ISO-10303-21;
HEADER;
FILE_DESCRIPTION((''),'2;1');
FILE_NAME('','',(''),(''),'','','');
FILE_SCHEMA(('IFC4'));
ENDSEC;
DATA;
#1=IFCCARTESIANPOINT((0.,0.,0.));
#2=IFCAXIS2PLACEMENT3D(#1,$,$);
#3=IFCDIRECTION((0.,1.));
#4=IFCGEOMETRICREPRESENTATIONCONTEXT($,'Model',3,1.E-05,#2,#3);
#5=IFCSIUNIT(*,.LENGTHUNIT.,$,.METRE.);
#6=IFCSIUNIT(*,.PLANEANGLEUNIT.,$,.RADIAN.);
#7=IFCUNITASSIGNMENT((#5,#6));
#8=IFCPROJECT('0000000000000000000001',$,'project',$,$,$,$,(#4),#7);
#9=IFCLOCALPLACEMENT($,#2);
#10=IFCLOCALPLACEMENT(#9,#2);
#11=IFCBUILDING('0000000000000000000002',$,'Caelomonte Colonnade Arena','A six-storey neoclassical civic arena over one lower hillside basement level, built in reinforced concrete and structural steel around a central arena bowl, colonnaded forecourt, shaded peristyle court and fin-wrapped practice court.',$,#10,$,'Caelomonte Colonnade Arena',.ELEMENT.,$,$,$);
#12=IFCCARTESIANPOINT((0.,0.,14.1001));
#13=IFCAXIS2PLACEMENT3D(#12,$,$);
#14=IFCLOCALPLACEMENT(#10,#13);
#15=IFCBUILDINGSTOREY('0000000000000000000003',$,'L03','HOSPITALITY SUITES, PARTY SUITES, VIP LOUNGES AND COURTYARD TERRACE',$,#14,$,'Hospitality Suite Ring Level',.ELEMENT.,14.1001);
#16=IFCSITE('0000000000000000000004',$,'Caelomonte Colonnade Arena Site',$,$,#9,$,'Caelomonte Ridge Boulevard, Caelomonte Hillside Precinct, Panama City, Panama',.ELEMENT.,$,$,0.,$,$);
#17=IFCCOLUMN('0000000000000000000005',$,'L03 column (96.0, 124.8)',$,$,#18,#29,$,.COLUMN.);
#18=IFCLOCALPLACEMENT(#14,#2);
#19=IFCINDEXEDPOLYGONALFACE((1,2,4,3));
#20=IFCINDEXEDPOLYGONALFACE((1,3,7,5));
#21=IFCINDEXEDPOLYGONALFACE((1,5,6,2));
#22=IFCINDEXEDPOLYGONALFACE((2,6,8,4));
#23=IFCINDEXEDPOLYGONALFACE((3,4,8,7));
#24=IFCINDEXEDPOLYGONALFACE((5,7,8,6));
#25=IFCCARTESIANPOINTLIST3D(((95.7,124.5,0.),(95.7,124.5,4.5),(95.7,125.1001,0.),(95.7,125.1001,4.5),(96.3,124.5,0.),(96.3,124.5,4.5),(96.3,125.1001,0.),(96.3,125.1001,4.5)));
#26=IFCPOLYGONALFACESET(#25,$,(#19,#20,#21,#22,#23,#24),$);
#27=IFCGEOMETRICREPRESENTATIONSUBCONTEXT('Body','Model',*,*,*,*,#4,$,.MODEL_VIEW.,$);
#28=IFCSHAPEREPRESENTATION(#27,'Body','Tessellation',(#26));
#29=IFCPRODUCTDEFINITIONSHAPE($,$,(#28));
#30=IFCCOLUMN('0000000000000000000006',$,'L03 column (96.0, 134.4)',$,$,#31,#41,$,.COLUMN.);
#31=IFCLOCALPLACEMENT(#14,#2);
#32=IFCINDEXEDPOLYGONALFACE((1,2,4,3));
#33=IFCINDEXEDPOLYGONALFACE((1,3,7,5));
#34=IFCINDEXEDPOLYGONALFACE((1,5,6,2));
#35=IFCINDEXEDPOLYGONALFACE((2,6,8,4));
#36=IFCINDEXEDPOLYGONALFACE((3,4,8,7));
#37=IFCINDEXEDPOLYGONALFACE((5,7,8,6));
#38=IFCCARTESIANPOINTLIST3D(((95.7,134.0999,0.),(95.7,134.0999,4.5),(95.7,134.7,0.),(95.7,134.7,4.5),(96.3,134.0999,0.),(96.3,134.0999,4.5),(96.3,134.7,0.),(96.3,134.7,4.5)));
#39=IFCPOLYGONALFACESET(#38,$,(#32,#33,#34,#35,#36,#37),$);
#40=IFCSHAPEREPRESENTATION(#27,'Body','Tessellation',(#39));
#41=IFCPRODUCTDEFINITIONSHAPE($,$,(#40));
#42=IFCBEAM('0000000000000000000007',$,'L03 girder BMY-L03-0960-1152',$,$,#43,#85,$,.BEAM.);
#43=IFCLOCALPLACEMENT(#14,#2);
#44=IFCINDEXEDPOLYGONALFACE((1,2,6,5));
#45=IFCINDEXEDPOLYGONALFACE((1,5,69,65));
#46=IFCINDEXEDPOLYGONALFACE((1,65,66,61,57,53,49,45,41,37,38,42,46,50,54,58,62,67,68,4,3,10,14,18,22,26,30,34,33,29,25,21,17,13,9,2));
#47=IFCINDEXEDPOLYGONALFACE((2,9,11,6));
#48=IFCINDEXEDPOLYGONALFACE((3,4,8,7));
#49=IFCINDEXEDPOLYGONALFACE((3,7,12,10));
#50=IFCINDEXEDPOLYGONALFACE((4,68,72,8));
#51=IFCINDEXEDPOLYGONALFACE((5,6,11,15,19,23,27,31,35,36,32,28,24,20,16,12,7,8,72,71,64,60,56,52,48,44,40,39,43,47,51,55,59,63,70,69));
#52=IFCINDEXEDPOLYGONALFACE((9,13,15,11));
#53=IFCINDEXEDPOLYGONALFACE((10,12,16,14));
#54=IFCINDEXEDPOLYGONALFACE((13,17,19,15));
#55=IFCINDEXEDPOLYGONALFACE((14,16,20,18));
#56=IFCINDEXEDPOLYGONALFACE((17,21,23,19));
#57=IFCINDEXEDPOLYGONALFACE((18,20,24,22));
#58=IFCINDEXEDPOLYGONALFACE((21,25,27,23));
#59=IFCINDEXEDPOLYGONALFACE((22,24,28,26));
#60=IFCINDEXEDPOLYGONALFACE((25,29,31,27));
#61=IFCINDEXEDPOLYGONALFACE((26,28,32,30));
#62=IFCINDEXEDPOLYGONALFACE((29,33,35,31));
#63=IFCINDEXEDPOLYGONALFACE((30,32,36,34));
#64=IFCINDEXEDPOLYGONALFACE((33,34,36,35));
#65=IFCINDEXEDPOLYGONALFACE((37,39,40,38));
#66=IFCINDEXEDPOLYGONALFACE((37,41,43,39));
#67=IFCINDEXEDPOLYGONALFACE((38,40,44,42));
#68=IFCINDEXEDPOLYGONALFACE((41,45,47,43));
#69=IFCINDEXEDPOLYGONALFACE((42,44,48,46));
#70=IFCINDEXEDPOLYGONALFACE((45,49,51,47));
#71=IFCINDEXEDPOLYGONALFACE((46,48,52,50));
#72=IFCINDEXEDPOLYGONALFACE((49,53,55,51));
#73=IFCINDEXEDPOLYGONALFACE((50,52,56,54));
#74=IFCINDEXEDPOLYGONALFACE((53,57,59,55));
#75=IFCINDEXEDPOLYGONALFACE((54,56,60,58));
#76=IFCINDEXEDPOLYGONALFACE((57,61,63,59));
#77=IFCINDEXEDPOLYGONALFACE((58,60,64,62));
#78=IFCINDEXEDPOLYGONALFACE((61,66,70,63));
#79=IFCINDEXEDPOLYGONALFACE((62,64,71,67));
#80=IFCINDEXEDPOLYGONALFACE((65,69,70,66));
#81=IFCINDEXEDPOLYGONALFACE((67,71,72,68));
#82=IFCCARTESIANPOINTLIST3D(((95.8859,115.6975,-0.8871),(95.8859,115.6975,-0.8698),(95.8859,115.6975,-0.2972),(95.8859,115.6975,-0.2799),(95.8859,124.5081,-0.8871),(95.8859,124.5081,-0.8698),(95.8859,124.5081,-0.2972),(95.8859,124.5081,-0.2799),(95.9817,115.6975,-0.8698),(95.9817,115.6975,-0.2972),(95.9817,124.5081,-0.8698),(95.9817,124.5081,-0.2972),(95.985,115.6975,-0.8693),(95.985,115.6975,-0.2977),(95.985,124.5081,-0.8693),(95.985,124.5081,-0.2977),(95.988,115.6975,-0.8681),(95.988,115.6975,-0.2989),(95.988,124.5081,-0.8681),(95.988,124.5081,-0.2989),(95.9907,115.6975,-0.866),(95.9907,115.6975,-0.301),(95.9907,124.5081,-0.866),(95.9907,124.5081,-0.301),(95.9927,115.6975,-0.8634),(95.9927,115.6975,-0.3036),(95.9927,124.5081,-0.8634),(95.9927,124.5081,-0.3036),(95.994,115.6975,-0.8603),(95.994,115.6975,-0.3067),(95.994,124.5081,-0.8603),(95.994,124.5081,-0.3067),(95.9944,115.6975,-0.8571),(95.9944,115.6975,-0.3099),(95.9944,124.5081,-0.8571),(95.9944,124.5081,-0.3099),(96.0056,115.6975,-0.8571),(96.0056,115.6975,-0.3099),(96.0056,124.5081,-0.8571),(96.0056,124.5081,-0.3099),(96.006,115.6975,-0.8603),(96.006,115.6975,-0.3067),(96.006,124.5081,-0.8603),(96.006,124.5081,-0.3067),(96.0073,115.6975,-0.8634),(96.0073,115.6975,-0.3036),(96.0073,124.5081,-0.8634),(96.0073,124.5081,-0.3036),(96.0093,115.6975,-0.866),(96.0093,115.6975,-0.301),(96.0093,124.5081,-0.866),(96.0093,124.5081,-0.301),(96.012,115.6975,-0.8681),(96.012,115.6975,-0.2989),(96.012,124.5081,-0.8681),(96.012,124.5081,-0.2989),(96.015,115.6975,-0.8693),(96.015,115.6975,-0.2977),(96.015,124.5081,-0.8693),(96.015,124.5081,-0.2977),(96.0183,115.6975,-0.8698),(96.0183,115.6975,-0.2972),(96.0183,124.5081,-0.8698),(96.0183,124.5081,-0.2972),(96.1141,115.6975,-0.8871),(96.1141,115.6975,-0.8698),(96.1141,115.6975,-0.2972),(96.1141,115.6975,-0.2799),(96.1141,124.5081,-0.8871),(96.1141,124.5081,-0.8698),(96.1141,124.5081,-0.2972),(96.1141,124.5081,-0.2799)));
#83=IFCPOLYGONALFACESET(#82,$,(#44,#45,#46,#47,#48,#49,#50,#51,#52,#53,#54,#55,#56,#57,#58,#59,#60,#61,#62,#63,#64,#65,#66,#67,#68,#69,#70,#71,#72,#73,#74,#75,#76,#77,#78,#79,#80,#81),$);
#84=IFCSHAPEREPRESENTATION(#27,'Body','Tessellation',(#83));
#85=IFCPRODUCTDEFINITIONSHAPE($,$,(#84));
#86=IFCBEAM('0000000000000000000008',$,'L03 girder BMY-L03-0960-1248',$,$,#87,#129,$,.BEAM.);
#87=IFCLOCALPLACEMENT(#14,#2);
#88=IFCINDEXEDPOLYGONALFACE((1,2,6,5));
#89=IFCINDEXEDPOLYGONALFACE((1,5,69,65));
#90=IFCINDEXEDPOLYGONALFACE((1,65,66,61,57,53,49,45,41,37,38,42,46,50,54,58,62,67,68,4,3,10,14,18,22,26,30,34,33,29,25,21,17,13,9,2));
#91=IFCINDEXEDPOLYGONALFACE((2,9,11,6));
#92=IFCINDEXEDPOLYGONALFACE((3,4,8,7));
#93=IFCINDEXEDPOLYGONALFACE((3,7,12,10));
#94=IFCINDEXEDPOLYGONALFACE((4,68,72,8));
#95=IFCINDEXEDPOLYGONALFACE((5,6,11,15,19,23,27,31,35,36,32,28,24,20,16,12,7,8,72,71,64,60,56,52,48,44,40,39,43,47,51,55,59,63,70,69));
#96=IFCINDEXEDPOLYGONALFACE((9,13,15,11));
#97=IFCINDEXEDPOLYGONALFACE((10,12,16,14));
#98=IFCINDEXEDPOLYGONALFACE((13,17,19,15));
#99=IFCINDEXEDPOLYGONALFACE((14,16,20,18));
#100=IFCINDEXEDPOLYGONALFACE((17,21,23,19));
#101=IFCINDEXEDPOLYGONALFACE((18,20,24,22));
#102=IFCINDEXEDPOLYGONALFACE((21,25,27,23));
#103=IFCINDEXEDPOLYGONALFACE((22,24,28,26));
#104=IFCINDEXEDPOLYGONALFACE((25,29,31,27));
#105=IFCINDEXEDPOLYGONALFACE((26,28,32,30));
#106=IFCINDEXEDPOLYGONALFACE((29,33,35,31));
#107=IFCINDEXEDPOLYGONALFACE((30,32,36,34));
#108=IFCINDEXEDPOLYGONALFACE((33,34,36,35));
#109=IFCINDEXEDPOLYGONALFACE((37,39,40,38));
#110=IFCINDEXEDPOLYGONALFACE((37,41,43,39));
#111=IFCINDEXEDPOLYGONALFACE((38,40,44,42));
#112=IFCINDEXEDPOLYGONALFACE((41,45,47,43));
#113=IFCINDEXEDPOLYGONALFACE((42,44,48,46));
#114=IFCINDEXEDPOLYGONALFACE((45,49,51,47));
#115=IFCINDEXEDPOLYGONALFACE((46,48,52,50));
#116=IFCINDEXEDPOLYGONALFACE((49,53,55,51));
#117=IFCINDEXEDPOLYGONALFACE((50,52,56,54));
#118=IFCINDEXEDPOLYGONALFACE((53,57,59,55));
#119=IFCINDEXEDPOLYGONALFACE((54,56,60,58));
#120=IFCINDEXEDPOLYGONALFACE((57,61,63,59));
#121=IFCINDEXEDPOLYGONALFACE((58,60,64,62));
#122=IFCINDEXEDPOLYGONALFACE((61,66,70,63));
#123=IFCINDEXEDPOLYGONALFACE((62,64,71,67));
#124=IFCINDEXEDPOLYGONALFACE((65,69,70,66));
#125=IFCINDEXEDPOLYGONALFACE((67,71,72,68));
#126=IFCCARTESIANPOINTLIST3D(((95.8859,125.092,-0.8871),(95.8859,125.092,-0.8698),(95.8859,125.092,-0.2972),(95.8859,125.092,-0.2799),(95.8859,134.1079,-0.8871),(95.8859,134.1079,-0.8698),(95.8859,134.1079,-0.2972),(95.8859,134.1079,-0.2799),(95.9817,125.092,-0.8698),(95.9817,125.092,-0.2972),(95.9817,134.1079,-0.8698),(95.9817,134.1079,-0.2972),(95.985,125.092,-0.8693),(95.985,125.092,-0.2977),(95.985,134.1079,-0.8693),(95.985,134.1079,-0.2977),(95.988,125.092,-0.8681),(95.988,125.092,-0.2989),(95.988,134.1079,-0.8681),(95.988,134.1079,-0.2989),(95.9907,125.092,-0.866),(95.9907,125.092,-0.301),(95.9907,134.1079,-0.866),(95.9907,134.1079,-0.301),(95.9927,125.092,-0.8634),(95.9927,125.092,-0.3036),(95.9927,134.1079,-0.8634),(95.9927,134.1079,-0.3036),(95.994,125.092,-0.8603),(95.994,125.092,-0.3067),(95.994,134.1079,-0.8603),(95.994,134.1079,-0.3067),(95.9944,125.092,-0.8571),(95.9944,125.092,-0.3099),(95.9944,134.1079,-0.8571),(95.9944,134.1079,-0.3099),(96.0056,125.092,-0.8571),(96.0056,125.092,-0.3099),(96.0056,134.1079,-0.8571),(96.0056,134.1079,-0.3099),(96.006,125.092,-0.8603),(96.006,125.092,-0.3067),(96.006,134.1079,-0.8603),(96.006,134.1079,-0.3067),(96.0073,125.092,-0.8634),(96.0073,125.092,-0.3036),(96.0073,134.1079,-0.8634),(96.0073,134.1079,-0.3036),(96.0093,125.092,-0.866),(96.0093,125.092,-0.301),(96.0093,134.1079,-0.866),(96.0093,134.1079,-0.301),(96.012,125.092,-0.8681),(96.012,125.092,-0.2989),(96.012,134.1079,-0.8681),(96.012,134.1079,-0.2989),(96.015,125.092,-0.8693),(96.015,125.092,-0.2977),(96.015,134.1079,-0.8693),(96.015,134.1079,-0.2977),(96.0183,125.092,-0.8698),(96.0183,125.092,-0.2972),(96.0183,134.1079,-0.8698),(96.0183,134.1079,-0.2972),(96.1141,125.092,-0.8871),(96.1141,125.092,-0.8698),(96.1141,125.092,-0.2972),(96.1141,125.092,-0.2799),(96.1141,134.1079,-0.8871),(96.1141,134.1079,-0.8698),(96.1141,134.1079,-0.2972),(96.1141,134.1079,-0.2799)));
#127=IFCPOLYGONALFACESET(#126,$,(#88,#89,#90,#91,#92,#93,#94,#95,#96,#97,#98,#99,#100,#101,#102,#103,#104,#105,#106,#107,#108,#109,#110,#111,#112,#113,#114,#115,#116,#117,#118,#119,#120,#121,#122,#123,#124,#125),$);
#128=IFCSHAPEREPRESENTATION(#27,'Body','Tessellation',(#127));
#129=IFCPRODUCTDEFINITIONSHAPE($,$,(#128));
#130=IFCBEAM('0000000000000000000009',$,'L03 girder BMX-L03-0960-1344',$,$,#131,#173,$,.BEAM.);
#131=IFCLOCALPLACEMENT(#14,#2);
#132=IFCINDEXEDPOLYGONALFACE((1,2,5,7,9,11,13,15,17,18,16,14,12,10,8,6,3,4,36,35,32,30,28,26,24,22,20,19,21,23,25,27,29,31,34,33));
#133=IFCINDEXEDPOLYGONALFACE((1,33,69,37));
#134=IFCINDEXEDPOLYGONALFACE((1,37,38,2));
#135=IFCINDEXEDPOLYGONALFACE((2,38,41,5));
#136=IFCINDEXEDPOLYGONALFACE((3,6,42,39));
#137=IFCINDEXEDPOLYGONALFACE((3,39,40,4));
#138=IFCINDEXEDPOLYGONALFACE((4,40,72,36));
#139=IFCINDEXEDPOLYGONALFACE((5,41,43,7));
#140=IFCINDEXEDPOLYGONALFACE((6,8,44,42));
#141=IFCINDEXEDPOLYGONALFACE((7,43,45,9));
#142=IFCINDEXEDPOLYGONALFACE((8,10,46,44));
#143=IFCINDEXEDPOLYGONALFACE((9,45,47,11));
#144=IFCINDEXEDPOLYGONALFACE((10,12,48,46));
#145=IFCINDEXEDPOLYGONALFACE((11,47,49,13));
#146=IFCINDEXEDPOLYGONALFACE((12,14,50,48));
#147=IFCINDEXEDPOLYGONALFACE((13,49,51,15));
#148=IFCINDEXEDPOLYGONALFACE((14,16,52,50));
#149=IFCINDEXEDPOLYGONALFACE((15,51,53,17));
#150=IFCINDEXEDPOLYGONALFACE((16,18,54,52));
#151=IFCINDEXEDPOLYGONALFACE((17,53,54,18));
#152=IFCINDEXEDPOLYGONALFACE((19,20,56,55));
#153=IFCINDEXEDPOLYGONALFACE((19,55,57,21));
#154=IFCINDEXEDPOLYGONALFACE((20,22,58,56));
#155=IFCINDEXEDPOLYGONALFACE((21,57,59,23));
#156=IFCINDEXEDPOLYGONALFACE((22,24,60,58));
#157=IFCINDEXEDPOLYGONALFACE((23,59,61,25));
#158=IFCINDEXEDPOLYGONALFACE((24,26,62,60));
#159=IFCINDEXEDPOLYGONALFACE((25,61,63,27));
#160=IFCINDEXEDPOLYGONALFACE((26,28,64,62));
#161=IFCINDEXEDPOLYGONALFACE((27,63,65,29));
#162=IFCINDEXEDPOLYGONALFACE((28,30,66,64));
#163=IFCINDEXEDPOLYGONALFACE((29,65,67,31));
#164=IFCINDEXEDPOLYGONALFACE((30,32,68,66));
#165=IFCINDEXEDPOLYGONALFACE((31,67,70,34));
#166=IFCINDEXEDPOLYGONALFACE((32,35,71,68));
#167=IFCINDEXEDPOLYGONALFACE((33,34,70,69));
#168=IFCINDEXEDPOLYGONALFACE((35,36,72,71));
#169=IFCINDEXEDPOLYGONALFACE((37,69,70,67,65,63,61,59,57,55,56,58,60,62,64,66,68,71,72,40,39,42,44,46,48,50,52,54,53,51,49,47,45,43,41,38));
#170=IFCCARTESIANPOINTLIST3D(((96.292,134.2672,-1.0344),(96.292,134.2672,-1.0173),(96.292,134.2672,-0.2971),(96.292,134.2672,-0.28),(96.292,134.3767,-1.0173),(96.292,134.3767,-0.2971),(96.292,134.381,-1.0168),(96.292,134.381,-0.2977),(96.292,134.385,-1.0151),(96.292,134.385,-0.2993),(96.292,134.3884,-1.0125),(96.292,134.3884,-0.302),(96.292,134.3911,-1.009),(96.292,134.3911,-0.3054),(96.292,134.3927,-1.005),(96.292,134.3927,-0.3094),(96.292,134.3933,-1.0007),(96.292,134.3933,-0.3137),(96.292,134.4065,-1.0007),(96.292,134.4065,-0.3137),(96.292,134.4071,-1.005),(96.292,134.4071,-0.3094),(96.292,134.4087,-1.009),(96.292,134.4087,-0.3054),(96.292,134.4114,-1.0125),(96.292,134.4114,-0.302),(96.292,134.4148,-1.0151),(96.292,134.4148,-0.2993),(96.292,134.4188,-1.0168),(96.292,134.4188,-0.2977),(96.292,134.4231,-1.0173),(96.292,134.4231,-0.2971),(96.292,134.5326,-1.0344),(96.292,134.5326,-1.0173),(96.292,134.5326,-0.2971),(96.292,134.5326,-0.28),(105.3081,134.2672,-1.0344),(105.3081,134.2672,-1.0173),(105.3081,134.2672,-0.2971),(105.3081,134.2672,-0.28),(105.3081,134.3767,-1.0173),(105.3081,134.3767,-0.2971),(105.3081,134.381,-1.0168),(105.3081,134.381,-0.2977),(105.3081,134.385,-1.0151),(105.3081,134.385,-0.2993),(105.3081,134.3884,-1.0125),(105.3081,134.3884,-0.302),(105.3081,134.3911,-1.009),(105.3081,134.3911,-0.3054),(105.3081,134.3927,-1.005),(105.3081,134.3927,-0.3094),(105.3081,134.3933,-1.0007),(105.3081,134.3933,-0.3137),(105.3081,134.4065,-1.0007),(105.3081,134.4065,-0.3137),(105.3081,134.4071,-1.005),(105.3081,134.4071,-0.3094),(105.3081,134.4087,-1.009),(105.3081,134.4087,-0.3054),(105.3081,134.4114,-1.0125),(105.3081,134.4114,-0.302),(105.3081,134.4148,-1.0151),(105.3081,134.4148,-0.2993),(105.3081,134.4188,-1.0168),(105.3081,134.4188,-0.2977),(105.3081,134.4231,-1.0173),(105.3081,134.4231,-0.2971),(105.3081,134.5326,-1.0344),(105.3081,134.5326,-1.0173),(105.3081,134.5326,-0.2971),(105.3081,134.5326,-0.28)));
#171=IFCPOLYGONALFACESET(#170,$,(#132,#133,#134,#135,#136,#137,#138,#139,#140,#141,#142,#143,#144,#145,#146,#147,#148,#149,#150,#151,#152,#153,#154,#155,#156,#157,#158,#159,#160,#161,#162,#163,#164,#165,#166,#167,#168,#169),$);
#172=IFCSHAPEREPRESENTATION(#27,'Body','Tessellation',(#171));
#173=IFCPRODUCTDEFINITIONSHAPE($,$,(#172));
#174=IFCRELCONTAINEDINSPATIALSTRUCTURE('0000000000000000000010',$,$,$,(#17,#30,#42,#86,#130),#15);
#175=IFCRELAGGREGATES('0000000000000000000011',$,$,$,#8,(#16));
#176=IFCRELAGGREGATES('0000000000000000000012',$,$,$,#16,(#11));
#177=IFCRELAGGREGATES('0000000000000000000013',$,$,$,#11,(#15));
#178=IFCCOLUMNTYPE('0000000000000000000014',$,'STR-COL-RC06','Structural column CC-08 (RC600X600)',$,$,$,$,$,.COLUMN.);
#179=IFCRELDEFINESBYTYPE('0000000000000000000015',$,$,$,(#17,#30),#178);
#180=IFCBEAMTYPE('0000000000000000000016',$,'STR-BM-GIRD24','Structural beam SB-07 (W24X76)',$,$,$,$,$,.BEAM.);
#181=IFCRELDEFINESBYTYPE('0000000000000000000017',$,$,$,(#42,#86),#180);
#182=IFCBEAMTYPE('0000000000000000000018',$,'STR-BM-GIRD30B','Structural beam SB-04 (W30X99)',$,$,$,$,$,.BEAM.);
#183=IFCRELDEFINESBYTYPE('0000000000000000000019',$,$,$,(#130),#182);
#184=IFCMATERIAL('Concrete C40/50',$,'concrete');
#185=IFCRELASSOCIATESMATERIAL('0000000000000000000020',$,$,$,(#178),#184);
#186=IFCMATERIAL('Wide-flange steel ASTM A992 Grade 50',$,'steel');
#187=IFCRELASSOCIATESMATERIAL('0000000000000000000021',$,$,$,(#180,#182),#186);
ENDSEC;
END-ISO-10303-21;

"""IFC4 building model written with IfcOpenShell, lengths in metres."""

from ifc_helpers import new_model, si_unit, direction, frame, origin, origin_2d, place, context, subcontext, project, spatial, rectangle, i_section, extrude, material, material_profile, profile_set, type_object, element, save


model = new_model("IFC4")

# Units and contexts
model_context = context("Model", 3, precision=1e-05, world=origin(), true_north=direction((0.0, 1.0)))
body_context = subcontext(model_context, "Body", "Model", "MODEL_VIEW")
ifc_project = project(units=[si_unit("LENGTHUNIT", "METRE"), si_unit("PLANEANGLEUNIT", "RADIAN")], contexts=[model_context])

# Site, building, storey
site_placement = place(None, origin())
site = spatial("IfcSite", under=ifc_project, at=site_placement, Name="Caelomonte Colonnade Arena Site", LongName="Caelomonte Ridge Boulevard, Caelomonte Hillside Precinct, Panama City, Panama", CompositionType="ELEMENT", RefElevation=0.0)
building_placement = place(site_placement, origin())
building = spatial("IfcBuilding", under=site, at=building_placement, Name="Caelomonte Colonnade Arena", Description="A six-storey neoclassical civic arena over one lower hillside basement level, built in reinforced concrete and structural steel around a central arena bowl, colonnaded forecourt, shaded peristyle court and fin-wrapped practice court.", LongName="Caelomonte Colonnade Arena", CompositionType="ELEMENT")
storey_placement = place(building_placement, frame((0.0, 0.0, 14.1001)))
storey = spatial("IfcBuildingStorey", under=building, at=storey_placement, Name="L03", Description="HOSPITALITY SUITES, PARTY SUITES, VIP LOUNGES AND COURTYARD TERRACE", LongName="Hospitality Suite Ring Level", CompositionType="ELEMENT", Elevation=14.1001)

# Columns
ifc_material_1 = material(Name="Concrete C40/50", Category="concrete")
ifc_material_profile_1 = material_profile(ifc_material_1, rectangle(XDim=0.6001, YDim=0.6001, at=origin_2d()), Name="RC600X600")
ifc_profile_set_1 = profile_set([ifc_material_profile_1], Name="Concrete C40/50")
column_type = type_object("IfcColumnType", Name="STR-COL-RC06", Description="Structural column CC-08 (RC600X600)", PredefinedType="COLUMN", material=ifc_profile_set_1)
for number, where, z_axis, x_axis, name in (
    (1, (96.0, 124.8, 0.0), (0.0, 0.0, 1.0), (1.0, 0.0, 0.0), "L03 column (96.0, 124.8)"),
    (2, (96.0, 134.3999, 0.0), (0.0, 0.0, 1.0), (1.0, 0.0, 0.0), "L03 column (96.0, 134.4)"),
):
    element("IfcColumn", number, at=place(storey_placement, frame(where, z_axis=z_axis, x_axis=x_axis)), inside=storey, type_object=column_type, Name=name, PredefinedType="COLUMN", context=body_context, shape_type="SweptSolid", body=[
        extrude(rectangle(XDim=0.6001, YDim=0.6001, at=origin_2d()), origin(), (0.0, 0.0, 1.0), 4.5),
    ])

# Beams
ifc_material_2 = material(Name="Wide-flange steel ASTM A992 Grade 50", Category="steel")
ifc_material_profile_2 = material_profile(ifc_material_2, i_section(OverallWidth=0.2283, OverallDepth=0.6072, WebThickness=0.0112, FlangeThickness=0.0173, FilletRadius=0.0127, at=origin_2d()), Name="W24X76")
ifc_profile_set_2 = profile_set([ifc_material_profile_2], Name="Wide-flange steel ASTM A992 Grade 50")
beam_type_1 = type_object("IfcBeamType", Name="STR-BM-GIRD24", Description="Structural beam SB-07 (W24X76)", PredefinedType="BEAM", material=ifc_profile_set_2)
beam_1_placement = place(storey_placement, frame((96.0, 115.6975, -0.5835), z_axis=(0.0, 1.0, 0.0), x_axis=(-1.0, 0.0, 0.0)))
element("IfcBeam", 3, at=beam_1_placement, inside=storey, type_object=beam_type_1, Name="L03 girder BMY-L03-0960-1152", PredefinedType="BEAM", context=body_context, shape_type="SweptSolid", body=[
    extrude(i_section(OverallWidth=0.2283, OverallDepth=0.6072, WebThickness=0.0112, FlangeThickness=0.0173, FilletRadius=0.0127, at=origin_2d()), origin(), (0.0, 0.0, 1.0), 8.8105),
])
beam_2_placement = place(storey_placement, frame((96.0, 125.092, -0.5835), z_axis=(0.0, 1.0, 0.0), x_axis=(-1.0, 0.0, 0.0)))
element("IfcBeam", 4, at=beam_2_placement, inside=storey, type_object=beam_type_1, Name="L03 girder BMY-L03-0960-1248", PredefinedType="BEAM", context=body_context, shape_type="SweptSolid", body=[
    extrude(i_section(OverallWidth=0.2283, OverallDepth=0.6072, WebThickness=0.0112, FlangeThickness=0.0173, FilletRadius=0.0127, at=origin_2d()), origin(), (0.0, 0.0, 1.0), 9.0159),
])
ifc_material_profile_3 = material_profile(ifc_material_2, i_section(OverallWidth=0.2654, OverallDepth=0.7544, WebThickness=0.0132, FlangeThickness=0.0171, FilletRadius=0.0166, at=origin_2d()), Name="W30X99")
ifc_profile_set_3 = profile_set([ifc_material_profile_3], Name="Wide-flange steel ASTM A992 Grade 50")
beam_type_2 = type_object("IfcBeamType", Name="STR-BM-GIRD30B", Description="Structural beam SB-04 (W30X99)", PredefinedType="BEAM", material=ifc_profile_set_3)
beam_3_placement = place(storey_placement, frame((96.292, 134.3999, -0.6572), z_axis=(1.0, 0.0, 0.0), x_axis=(0.0, 1.0, 0.0)))
element("IfcBeam", 5, at=beam_3_placement, inside=storey, type_object=beam_type_2, Name="L03 girder BMX-L03-0960-1344", PredefinedType="BEAM", context=body_context, shape_type="SweptSolid", body=[
    extrude(i_section(OverallWidth=0.2654, OverallDepth=0.7544, WebThickness=0.0132, FlangeThickness=0.0171, FilletRadius=0.0166, at=origin_2d()), origin(), (0.0, 0.0, 1.0), 9.0161),
])

save(model, "model.ifc")
